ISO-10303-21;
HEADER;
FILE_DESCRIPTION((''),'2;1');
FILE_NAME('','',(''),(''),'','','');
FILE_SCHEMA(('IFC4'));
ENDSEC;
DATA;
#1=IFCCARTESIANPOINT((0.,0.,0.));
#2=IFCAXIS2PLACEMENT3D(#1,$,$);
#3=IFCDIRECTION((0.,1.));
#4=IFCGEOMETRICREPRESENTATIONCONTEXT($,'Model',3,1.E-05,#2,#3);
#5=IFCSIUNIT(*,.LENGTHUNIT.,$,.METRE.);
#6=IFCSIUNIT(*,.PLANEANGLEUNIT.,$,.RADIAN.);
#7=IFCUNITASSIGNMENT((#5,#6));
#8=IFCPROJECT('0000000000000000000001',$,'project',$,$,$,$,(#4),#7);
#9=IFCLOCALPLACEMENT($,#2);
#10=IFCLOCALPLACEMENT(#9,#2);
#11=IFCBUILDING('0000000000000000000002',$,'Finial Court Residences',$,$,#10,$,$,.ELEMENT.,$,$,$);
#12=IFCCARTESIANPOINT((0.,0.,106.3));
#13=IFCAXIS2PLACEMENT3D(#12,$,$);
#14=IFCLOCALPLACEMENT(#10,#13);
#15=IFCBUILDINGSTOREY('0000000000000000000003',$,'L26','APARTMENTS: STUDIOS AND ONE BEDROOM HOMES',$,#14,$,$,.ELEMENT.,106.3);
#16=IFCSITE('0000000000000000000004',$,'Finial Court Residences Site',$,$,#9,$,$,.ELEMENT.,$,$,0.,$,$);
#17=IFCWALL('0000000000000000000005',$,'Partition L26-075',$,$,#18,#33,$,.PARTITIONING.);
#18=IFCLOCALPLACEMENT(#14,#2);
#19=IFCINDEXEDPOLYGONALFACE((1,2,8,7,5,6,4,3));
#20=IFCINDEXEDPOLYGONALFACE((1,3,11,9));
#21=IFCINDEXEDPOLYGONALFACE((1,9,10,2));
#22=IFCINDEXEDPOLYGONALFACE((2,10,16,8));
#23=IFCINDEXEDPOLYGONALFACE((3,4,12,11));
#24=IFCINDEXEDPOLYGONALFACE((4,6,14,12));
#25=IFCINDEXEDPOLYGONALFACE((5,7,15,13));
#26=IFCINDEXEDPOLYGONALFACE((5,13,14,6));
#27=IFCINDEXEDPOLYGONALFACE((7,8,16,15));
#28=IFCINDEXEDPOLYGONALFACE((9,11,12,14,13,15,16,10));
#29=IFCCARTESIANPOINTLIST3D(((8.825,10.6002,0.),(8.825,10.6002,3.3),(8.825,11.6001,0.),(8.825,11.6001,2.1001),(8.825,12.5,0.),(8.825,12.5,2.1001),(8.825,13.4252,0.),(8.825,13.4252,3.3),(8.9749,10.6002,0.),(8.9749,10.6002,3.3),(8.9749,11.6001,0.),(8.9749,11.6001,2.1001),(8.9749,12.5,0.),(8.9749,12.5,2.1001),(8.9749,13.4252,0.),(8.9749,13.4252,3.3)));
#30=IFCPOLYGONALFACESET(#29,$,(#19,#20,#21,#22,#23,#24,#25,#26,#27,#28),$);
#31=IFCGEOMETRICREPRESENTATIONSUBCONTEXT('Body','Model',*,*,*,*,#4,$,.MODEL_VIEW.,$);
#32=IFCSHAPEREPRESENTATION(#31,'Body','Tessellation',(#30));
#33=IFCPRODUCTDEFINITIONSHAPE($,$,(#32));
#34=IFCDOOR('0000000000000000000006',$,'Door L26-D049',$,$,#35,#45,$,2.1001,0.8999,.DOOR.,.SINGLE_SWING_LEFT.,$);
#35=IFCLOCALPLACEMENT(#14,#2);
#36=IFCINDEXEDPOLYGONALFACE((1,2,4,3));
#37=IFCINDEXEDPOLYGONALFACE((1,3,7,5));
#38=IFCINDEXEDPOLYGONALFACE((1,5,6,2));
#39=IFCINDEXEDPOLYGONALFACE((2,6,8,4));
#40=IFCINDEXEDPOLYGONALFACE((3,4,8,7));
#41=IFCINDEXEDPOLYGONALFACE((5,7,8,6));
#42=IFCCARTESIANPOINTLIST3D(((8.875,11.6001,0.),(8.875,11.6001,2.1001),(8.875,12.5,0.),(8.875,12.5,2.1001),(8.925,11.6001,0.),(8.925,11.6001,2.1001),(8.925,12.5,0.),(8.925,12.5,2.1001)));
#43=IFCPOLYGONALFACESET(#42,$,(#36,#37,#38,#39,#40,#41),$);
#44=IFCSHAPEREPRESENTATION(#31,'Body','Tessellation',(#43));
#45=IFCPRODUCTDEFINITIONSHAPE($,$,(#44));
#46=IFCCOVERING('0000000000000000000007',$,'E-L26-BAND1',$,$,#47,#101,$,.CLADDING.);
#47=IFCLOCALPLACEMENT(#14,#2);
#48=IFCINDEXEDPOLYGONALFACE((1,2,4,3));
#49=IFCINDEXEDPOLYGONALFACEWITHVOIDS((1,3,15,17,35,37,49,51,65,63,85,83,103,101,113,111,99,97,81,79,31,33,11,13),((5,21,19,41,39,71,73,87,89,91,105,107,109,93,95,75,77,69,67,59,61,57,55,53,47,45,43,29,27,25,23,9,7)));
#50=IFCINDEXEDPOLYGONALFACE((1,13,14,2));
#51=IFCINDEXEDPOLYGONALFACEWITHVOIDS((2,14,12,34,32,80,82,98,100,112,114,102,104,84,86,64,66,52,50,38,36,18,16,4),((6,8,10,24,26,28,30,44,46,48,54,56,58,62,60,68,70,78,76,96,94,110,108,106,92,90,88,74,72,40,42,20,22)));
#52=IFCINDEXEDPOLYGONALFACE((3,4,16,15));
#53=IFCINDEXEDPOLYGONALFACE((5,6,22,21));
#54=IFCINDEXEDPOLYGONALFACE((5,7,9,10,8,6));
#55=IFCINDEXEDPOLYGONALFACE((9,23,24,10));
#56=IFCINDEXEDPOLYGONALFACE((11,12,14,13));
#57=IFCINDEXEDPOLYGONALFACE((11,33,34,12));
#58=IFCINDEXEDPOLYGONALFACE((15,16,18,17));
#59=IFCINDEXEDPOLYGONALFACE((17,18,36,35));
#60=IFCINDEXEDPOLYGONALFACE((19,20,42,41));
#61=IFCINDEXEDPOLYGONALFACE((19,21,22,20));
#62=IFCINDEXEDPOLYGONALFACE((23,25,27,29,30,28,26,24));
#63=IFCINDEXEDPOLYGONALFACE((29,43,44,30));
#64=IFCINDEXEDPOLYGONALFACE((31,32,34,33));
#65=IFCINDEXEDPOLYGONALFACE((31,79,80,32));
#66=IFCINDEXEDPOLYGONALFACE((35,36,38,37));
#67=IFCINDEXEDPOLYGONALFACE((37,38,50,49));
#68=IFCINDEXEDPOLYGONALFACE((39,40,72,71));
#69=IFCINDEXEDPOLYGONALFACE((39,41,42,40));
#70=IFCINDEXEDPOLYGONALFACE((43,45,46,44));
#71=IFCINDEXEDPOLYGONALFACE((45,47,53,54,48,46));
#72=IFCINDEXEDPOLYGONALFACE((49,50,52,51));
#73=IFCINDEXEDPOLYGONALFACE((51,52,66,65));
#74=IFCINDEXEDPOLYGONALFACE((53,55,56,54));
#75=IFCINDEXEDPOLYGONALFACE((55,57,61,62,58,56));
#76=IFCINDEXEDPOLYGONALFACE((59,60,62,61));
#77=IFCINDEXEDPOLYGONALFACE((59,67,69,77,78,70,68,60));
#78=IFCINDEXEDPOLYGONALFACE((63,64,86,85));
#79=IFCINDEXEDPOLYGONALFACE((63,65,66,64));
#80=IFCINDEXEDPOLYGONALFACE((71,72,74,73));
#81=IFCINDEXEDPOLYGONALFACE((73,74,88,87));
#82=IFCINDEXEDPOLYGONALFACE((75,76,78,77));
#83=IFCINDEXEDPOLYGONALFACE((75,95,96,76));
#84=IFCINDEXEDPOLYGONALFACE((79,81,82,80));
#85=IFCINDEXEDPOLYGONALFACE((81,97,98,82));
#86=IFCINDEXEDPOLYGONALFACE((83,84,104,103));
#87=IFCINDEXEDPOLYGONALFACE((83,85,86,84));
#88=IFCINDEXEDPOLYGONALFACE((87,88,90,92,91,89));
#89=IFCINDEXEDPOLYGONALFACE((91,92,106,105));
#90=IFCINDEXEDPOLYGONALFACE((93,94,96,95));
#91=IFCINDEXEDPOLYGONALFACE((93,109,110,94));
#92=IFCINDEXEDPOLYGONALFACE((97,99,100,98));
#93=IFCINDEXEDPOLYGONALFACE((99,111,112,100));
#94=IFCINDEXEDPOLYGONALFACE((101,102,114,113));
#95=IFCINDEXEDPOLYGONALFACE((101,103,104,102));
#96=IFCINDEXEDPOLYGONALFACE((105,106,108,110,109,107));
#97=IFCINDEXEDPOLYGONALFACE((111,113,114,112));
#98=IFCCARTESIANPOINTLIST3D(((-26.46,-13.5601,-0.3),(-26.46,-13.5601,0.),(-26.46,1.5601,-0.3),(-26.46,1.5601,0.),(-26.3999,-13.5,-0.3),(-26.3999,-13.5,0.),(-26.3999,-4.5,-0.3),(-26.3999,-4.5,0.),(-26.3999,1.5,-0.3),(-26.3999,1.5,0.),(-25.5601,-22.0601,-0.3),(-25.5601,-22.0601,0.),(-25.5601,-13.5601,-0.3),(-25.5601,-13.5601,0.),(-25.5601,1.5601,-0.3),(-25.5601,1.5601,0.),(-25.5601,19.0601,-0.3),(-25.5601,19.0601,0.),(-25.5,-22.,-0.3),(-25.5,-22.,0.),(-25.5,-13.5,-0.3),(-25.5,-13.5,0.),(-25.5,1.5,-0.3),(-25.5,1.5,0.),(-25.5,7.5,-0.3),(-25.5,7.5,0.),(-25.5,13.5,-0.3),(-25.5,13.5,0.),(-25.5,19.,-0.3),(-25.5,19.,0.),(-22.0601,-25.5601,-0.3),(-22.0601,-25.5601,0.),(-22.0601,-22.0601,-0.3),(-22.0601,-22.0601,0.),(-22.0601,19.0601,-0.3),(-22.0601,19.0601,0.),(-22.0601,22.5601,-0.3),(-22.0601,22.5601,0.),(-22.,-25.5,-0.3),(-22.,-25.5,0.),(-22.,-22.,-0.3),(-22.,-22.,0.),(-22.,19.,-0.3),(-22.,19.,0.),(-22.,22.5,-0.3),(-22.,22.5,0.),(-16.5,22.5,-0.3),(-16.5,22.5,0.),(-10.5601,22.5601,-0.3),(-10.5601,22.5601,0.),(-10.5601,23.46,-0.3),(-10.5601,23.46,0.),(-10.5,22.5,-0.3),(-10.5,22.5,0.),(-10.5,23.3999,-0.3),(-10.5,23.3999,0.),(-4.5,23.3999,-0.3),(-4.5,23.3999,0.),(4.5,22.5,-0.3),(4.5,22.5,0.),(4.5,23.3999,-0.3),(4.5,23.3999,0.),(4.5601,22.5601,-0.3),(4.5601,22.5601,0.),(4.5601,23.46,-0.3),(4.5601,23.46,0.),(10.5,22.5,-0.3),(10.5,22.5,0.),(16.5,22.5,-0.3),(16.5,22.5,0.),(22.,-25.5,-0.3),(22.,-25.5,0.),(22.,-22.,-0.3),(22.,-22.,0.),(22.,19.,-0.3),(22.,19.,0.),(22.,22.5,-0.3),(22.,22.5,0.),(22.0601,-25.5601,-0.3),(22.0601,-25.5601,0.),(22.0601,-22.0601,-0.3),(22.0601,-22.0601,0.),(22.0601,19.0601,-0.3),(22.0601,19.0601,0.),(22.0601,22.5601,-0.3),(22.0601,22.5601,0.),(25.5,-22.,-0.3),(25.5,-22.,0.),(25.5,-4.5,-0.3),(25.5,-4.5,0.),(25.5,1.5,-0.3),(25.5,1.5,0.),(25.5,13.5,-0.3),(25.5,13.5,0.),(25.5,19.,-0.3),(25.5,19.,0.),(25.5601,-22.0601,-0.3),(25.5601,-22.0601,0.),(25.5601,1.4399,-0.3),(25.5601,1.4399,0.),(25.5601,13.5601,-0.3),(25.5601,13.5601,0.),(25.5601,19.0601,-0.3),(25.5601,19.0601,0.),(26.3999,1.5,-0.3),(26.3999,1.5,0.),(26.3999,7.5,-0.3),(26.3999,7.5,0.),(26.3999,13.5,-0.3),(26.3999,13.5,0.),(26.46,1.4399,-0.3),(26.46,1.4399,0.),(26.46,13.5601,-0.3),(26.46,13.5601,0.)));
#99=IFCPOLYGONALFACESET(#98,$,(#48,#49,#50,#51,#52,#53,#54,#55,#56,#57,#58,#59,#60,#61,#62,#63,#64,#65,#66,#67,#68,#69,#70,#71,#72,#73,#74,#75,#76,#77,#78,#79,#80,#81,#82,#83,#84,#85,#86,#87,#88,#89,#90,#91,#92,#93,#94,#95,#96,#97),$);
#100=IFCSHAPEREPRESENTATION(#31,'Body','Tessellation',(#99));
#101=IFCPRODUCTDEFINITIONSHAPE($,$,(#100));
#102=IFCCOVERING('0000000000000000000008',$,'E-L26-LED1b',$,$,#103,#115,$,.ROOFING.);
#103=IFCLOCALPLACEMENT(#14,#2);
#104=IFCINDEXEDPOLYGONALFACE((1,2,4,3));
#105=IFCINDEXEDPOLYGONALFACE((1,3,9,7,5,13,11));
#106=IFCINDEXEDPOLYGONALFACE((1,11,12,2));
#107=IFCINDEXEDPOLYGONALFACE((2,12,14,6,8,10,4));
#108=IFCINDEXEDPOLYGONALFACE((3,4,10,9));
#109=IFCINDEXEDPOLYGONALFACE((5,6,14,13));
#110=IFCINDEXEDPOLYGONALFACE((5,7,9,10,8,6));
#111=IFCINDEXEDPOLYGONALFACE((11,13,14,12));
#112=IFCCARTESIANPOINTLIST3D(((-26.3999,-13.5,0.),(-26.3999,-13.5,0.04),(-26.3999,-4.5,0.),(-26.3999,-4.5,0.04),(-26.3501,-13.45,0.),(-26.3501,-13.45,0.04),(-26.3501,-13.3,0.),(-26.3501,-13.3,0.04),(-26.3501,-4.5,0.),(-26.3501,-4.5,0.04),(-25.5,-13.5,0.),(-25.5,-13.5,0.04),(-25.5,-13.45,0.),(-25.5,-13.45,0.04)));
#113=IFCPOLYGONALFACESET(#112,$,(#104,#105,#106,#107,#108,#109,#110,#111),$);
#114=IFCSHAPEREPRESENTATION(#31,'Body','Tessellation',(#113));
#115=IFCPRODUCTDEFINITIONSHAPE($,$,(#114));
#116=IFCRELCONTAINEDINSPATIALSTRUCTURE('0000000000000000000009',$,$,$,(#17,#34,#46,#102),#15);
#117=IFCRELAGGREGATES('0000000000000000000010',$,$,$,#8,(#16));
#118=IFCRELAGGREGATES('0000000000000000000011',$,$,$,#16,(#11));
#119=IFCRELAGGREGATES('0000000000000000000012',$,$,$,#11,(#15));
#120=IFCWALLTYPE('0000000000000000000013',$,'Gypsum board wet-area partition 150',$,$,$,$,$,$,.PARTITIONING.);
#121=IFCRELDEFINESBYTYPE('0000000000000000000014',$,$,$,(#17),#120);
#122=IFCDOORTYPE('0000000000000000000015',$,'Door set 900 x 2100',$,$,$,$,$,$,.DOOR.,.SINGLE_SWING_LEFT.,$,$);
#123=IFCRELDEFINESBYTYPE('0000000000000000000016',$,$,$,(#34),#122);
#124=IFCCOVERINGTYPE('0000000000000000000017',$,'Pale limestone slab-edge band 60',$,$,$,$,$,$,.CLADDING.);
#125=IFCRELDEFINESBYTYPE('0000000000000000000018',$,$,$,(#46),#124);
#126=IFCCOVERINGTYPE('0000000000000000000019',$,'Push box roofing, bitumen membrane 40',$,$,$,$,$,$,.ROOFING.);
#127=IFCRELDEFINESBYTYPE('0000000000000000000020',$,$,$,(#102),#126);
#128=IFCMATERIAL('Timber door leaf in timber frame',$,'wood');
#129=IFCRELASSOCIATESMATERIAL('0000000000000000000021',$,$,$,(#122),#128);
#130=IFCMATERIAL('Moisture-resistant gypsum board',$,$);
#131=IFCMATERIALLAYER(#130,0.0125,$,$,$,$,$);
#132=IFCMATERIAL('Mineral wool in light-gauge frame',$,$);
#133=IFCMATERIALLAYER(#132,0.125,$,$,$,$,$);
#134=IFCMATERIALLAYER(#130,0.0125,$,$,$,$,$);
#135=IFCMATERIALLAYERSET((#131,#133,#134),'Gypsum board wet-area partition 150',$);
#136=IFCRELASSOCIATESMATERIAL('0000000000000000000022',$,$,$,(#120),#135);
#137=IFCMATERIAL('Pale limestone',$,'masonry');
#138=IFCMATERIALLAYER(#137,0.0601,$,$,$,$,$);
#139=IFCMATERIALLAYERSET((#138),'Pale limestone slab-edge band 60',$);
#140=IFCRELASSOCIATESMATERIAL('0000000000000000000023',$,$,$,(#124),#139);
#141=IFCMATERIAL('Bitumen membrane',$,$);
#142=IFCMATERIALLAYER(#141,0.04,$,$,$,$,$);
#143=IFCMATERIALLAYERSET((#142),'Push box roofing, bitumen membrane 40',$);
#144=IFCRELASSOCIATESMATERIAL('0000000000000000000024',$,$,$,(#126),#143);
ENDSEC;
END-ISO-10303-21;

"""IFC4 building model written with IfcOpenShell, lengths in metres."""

from ifc_helpers import new_model, si_unit, direction, frame, frame_2d, origin, place, context, subcontext, project, spatial, polyline, rectangle, outline, extrude, material, layer, layer_set, type_object, element, fill, save


model = new_model("IFC4")

# Units and contexts
model_context = context("Model", 3, precision=1e-05, world=origin(), true_north=direction((0.0, 1.0)))
body_context = subcontext(model_context, "Body", "Model", "MODEL_VIEW")
ifc_project = project(units=[si_unit("LENGTHUNIT", "METRE"), si_unit("PLANEANGLEUNIT", "RADIAN")], contexts=[model_context])

# Site, building, storey
site_placement = place(None, origin())
site = spatial("IfcSite", under=ifc_project, at=site_placement, Name="Finial Court Residences Site", CompositionType="ELEMENT", RefElevation=0.0)
building_placement = place(site_placement, origin())
building = spatial("IfcBuilding", under=site, at=building_placement, Name="Finial Court Residences", CompositionType="ELEMENT")
storey_placement = place(building_placement, frame((0.0, 0.0, 106.3)))
storey = spatial("IfcBuildingStorey", under=building, at=storey_placement, Name="L26", Description="APARTMENTS: STUDIOS AND ONE BEDROOM HOMES", CompositionType="ELEMENT", Elevation=106.3)

# Shared definitions
ifc_material_1 = material(Name="Mineral wool in light-gauge frame")

# Shared definitions
ifc_material_2 = material(Name="Timber door leaf in timber frame", Category="wood")
door_type = type_object("IfcDoorType", Name="Door set 900 x 2100", OperationType="SINGLE_SWING_LEFT", PredefinedType="DOOR", material=ifc_material_2)

# Shared definitions
ifc_material_3 = material(Name="Moisture-resistant gypsum board")
ifc_layer_1 = layer(ifc_material_3, 0.0125)
ifc_layer_2 = layer(ifc_material_1, 0.125)
ifc_layer_3 = layer(ifc_material_3, 0.0125)
ifc_layer_set_1 = layer_set([ifc_layer_1, ifc_layer_2, ifc_layer_3], Name="Gypsum board wet-area partition 150")
wall_type_1 = type_object("IfcWallType", Name="Gypsum board wet-area partition 150", PredefinedType="PARTITIONING", material=ifc_layer_set_1)

# Wall, opening, door
wall_1_placement = place(storey_placement, frame((8.8999, 10.6001, 0.0), z_axis=(0.0, 0.0, 1.0), x_axis=(0.0, 1.0, 0.0)))
wall_1 = element("IfcWall", 1, at=wall_1_placement, inside=storey, type_object=wall_type_1, Name="Partition L26-075", PredefinedType="PARTITIONING", context=body_context, shape_type="SweptSolid", body=[
    extrude(rectangle(XDim=2.825, YDim=0.1499, at=frame_2d((1.4126, 0.0))), origin(), (0.0, 0.0, 1.0), 3.3),
])
opening_1_placement = place(wall_1_placement, frame((1.0, 0.0, 0.0)))
opening_1 = element("IfcOpeningElement", 2, at=opening_1_placement, cuts=wall_1, PredefinedType="OPENING", context=body_context, shape_type="SweptSolid", body=[
    extrude(rectangle(XDim=0.8999, YDim=2.1001, at=frame_2d((0.45, 1.05))), frame((0.0, 0.085, 0.0), z_axis=(0.0, -1.0, 0.0), x_axis=(1.0, 0.0, 0.0)), (0.0, 0.0, 1.0), 0.1699),
])
door_1_placement = place(opening_1_placement, origin())
door_1 = element("IfcDoor", 3, at=door_1_placement, inside=storey, type_object=door_type, Name="Door L26-D049", OperationType="SINGLE_SWING_LEFT", OverallHeight=2.1001, OverallWidth=0.8999, PredefinedType="DOOR", context=body_context, shape_type="SweptSolid", body=[
    extrude(rectangle(XDim=0.8999, YDim=2.1001, at=frame_2d((0.45, 1.05))), frame((0.0, 0.0249, 0.0), z_axis=(0.0, -1.0, 0.0), x_axis=(1.0, 0.0, 0.0)), (0.0, 0.0, 1.0), 0.05),
])
fill(opening_1, door_1)

# Coverings
ifc_material_4 = material(Name="Pale limestone", Category="masonry")
ifc_layer_4 = layer(ifc_material_4, 0.0601)
ifc_layer_set_2 = layer_set([ifc_layer_4], Name="Pale limestone slab-edge band 60")
covering_type_1 = type_object("IfcCoveringType", Name="Pale limestone slab-edge band 60", PredefinedType="CLADDING", material=ifc_layer_set_2)
covering_1_placement = place(storey_placement, frame((0.0, 0.0, -0.3)))
element("IfcCovering", 4, at=covering_1_placement, inside=storey, type_object=covering_type_1, Name="E-L26-BAND1", PredefinedType="CLADDING", context=body_context, shape_type="SweptSolid", body=[
    extrude(outline(polyline([(-25.5601, 1.5601), (-25.5601, 19.0601), (-22.0601, 19.0601), (-22.0601, 22.5601), (-10.5601, 22.5601), (-10.5601, 23.46), (4.5601, 23.46), (4.5601, 22.5601), (22.0601, 22.5601), (22.0601, 19.0601), (25.5601, 19.0601), (25.5601, 13.5601), (26.46, 13.5601), (26.46, 1.4399), (25.5601, 1.4399), (25.5601, -22.0601), (22.0601, -22.0601), (22.0601, -25.5601), (-22.0601, -25.5601), (-22.0601, -22.0601), (-25.5601, -22.0601), (-25.5601, -13.5601), (-26.46, -13.5601), (-26.46, 1.5601), (-25.5601, 1.5601)]), holes=[polyline([(-26.3999, -13.5), (-25.5, -13.5), (-25.5, -22.0), (-22.0, -22.0), (-22.0, -25.5), (22.0, -25.5), (22.0, -22.0), (25.5, -22.0), (25.5, -4.5), (25.5, 1.5), (26.3999, 1.5), (26.3999, 7.5), (26.3999, 13.5), (25.5, 13.5), (25.5, 19.0), (22.0, 19.0), (22.0, 22.5), (16.5, 22.5), (10.5, 22.5), (4.5, 22.5), (4.5, 23.3999), (-4.5, 23.3999), (-10.5, 23.3999), (-10.5, 22.5), (-16.5, 22.5), (-22.0, 22.5), (-22.0, 19.0), (-25.5, 19.0), (-25.5, 13.5), (-25.5, 7.5), (-25.5, 1.5), (-26.3999, 1.5), (-26.3999, -4.5), (-26.3999, -13.5)])]), origin(), (0.0, 0.0, 1.0), 0.3),
])
ifc_material_5 = material(Name="Bitumen membrane")
ifc_layer_5 = layer(ifc_material_5, 0.04)
ifc_layer_set_3 = layer_set([ifc_layer_5], Name="Push box roofing, bitumen membrane 40")
covering_type_2 = type_object("IfcCoveringType", Name="Push box roofing, bitumen membrane 40", PredefinedType="ROOFING", material=ifc_layer_set_3)
covering_2_placement = place(storey_placement, origin())
element("IfcCovering", 5, at=covering_2_placement, inside=storey, type_object=covering_type_2, Name="E-L26-LED1b", PredefinedType="ROOFING", context=body_context, shape_type="SweptSolid", body=[
    extrude(outline(polyline([(-25.5, -13.5), (-26.3999, -13.5), (-26.3999, -4.5), (-26.3501, -4.5), (-26.3501, -13.3), (-26.3501, -13.3), (-26.3501, -13.45), (-25.5, -13.45), (-25.5, -13.5)])), origin(), (0.0, 0.0, 1.0), 0.04),
])

save(model, "model.ifc")
